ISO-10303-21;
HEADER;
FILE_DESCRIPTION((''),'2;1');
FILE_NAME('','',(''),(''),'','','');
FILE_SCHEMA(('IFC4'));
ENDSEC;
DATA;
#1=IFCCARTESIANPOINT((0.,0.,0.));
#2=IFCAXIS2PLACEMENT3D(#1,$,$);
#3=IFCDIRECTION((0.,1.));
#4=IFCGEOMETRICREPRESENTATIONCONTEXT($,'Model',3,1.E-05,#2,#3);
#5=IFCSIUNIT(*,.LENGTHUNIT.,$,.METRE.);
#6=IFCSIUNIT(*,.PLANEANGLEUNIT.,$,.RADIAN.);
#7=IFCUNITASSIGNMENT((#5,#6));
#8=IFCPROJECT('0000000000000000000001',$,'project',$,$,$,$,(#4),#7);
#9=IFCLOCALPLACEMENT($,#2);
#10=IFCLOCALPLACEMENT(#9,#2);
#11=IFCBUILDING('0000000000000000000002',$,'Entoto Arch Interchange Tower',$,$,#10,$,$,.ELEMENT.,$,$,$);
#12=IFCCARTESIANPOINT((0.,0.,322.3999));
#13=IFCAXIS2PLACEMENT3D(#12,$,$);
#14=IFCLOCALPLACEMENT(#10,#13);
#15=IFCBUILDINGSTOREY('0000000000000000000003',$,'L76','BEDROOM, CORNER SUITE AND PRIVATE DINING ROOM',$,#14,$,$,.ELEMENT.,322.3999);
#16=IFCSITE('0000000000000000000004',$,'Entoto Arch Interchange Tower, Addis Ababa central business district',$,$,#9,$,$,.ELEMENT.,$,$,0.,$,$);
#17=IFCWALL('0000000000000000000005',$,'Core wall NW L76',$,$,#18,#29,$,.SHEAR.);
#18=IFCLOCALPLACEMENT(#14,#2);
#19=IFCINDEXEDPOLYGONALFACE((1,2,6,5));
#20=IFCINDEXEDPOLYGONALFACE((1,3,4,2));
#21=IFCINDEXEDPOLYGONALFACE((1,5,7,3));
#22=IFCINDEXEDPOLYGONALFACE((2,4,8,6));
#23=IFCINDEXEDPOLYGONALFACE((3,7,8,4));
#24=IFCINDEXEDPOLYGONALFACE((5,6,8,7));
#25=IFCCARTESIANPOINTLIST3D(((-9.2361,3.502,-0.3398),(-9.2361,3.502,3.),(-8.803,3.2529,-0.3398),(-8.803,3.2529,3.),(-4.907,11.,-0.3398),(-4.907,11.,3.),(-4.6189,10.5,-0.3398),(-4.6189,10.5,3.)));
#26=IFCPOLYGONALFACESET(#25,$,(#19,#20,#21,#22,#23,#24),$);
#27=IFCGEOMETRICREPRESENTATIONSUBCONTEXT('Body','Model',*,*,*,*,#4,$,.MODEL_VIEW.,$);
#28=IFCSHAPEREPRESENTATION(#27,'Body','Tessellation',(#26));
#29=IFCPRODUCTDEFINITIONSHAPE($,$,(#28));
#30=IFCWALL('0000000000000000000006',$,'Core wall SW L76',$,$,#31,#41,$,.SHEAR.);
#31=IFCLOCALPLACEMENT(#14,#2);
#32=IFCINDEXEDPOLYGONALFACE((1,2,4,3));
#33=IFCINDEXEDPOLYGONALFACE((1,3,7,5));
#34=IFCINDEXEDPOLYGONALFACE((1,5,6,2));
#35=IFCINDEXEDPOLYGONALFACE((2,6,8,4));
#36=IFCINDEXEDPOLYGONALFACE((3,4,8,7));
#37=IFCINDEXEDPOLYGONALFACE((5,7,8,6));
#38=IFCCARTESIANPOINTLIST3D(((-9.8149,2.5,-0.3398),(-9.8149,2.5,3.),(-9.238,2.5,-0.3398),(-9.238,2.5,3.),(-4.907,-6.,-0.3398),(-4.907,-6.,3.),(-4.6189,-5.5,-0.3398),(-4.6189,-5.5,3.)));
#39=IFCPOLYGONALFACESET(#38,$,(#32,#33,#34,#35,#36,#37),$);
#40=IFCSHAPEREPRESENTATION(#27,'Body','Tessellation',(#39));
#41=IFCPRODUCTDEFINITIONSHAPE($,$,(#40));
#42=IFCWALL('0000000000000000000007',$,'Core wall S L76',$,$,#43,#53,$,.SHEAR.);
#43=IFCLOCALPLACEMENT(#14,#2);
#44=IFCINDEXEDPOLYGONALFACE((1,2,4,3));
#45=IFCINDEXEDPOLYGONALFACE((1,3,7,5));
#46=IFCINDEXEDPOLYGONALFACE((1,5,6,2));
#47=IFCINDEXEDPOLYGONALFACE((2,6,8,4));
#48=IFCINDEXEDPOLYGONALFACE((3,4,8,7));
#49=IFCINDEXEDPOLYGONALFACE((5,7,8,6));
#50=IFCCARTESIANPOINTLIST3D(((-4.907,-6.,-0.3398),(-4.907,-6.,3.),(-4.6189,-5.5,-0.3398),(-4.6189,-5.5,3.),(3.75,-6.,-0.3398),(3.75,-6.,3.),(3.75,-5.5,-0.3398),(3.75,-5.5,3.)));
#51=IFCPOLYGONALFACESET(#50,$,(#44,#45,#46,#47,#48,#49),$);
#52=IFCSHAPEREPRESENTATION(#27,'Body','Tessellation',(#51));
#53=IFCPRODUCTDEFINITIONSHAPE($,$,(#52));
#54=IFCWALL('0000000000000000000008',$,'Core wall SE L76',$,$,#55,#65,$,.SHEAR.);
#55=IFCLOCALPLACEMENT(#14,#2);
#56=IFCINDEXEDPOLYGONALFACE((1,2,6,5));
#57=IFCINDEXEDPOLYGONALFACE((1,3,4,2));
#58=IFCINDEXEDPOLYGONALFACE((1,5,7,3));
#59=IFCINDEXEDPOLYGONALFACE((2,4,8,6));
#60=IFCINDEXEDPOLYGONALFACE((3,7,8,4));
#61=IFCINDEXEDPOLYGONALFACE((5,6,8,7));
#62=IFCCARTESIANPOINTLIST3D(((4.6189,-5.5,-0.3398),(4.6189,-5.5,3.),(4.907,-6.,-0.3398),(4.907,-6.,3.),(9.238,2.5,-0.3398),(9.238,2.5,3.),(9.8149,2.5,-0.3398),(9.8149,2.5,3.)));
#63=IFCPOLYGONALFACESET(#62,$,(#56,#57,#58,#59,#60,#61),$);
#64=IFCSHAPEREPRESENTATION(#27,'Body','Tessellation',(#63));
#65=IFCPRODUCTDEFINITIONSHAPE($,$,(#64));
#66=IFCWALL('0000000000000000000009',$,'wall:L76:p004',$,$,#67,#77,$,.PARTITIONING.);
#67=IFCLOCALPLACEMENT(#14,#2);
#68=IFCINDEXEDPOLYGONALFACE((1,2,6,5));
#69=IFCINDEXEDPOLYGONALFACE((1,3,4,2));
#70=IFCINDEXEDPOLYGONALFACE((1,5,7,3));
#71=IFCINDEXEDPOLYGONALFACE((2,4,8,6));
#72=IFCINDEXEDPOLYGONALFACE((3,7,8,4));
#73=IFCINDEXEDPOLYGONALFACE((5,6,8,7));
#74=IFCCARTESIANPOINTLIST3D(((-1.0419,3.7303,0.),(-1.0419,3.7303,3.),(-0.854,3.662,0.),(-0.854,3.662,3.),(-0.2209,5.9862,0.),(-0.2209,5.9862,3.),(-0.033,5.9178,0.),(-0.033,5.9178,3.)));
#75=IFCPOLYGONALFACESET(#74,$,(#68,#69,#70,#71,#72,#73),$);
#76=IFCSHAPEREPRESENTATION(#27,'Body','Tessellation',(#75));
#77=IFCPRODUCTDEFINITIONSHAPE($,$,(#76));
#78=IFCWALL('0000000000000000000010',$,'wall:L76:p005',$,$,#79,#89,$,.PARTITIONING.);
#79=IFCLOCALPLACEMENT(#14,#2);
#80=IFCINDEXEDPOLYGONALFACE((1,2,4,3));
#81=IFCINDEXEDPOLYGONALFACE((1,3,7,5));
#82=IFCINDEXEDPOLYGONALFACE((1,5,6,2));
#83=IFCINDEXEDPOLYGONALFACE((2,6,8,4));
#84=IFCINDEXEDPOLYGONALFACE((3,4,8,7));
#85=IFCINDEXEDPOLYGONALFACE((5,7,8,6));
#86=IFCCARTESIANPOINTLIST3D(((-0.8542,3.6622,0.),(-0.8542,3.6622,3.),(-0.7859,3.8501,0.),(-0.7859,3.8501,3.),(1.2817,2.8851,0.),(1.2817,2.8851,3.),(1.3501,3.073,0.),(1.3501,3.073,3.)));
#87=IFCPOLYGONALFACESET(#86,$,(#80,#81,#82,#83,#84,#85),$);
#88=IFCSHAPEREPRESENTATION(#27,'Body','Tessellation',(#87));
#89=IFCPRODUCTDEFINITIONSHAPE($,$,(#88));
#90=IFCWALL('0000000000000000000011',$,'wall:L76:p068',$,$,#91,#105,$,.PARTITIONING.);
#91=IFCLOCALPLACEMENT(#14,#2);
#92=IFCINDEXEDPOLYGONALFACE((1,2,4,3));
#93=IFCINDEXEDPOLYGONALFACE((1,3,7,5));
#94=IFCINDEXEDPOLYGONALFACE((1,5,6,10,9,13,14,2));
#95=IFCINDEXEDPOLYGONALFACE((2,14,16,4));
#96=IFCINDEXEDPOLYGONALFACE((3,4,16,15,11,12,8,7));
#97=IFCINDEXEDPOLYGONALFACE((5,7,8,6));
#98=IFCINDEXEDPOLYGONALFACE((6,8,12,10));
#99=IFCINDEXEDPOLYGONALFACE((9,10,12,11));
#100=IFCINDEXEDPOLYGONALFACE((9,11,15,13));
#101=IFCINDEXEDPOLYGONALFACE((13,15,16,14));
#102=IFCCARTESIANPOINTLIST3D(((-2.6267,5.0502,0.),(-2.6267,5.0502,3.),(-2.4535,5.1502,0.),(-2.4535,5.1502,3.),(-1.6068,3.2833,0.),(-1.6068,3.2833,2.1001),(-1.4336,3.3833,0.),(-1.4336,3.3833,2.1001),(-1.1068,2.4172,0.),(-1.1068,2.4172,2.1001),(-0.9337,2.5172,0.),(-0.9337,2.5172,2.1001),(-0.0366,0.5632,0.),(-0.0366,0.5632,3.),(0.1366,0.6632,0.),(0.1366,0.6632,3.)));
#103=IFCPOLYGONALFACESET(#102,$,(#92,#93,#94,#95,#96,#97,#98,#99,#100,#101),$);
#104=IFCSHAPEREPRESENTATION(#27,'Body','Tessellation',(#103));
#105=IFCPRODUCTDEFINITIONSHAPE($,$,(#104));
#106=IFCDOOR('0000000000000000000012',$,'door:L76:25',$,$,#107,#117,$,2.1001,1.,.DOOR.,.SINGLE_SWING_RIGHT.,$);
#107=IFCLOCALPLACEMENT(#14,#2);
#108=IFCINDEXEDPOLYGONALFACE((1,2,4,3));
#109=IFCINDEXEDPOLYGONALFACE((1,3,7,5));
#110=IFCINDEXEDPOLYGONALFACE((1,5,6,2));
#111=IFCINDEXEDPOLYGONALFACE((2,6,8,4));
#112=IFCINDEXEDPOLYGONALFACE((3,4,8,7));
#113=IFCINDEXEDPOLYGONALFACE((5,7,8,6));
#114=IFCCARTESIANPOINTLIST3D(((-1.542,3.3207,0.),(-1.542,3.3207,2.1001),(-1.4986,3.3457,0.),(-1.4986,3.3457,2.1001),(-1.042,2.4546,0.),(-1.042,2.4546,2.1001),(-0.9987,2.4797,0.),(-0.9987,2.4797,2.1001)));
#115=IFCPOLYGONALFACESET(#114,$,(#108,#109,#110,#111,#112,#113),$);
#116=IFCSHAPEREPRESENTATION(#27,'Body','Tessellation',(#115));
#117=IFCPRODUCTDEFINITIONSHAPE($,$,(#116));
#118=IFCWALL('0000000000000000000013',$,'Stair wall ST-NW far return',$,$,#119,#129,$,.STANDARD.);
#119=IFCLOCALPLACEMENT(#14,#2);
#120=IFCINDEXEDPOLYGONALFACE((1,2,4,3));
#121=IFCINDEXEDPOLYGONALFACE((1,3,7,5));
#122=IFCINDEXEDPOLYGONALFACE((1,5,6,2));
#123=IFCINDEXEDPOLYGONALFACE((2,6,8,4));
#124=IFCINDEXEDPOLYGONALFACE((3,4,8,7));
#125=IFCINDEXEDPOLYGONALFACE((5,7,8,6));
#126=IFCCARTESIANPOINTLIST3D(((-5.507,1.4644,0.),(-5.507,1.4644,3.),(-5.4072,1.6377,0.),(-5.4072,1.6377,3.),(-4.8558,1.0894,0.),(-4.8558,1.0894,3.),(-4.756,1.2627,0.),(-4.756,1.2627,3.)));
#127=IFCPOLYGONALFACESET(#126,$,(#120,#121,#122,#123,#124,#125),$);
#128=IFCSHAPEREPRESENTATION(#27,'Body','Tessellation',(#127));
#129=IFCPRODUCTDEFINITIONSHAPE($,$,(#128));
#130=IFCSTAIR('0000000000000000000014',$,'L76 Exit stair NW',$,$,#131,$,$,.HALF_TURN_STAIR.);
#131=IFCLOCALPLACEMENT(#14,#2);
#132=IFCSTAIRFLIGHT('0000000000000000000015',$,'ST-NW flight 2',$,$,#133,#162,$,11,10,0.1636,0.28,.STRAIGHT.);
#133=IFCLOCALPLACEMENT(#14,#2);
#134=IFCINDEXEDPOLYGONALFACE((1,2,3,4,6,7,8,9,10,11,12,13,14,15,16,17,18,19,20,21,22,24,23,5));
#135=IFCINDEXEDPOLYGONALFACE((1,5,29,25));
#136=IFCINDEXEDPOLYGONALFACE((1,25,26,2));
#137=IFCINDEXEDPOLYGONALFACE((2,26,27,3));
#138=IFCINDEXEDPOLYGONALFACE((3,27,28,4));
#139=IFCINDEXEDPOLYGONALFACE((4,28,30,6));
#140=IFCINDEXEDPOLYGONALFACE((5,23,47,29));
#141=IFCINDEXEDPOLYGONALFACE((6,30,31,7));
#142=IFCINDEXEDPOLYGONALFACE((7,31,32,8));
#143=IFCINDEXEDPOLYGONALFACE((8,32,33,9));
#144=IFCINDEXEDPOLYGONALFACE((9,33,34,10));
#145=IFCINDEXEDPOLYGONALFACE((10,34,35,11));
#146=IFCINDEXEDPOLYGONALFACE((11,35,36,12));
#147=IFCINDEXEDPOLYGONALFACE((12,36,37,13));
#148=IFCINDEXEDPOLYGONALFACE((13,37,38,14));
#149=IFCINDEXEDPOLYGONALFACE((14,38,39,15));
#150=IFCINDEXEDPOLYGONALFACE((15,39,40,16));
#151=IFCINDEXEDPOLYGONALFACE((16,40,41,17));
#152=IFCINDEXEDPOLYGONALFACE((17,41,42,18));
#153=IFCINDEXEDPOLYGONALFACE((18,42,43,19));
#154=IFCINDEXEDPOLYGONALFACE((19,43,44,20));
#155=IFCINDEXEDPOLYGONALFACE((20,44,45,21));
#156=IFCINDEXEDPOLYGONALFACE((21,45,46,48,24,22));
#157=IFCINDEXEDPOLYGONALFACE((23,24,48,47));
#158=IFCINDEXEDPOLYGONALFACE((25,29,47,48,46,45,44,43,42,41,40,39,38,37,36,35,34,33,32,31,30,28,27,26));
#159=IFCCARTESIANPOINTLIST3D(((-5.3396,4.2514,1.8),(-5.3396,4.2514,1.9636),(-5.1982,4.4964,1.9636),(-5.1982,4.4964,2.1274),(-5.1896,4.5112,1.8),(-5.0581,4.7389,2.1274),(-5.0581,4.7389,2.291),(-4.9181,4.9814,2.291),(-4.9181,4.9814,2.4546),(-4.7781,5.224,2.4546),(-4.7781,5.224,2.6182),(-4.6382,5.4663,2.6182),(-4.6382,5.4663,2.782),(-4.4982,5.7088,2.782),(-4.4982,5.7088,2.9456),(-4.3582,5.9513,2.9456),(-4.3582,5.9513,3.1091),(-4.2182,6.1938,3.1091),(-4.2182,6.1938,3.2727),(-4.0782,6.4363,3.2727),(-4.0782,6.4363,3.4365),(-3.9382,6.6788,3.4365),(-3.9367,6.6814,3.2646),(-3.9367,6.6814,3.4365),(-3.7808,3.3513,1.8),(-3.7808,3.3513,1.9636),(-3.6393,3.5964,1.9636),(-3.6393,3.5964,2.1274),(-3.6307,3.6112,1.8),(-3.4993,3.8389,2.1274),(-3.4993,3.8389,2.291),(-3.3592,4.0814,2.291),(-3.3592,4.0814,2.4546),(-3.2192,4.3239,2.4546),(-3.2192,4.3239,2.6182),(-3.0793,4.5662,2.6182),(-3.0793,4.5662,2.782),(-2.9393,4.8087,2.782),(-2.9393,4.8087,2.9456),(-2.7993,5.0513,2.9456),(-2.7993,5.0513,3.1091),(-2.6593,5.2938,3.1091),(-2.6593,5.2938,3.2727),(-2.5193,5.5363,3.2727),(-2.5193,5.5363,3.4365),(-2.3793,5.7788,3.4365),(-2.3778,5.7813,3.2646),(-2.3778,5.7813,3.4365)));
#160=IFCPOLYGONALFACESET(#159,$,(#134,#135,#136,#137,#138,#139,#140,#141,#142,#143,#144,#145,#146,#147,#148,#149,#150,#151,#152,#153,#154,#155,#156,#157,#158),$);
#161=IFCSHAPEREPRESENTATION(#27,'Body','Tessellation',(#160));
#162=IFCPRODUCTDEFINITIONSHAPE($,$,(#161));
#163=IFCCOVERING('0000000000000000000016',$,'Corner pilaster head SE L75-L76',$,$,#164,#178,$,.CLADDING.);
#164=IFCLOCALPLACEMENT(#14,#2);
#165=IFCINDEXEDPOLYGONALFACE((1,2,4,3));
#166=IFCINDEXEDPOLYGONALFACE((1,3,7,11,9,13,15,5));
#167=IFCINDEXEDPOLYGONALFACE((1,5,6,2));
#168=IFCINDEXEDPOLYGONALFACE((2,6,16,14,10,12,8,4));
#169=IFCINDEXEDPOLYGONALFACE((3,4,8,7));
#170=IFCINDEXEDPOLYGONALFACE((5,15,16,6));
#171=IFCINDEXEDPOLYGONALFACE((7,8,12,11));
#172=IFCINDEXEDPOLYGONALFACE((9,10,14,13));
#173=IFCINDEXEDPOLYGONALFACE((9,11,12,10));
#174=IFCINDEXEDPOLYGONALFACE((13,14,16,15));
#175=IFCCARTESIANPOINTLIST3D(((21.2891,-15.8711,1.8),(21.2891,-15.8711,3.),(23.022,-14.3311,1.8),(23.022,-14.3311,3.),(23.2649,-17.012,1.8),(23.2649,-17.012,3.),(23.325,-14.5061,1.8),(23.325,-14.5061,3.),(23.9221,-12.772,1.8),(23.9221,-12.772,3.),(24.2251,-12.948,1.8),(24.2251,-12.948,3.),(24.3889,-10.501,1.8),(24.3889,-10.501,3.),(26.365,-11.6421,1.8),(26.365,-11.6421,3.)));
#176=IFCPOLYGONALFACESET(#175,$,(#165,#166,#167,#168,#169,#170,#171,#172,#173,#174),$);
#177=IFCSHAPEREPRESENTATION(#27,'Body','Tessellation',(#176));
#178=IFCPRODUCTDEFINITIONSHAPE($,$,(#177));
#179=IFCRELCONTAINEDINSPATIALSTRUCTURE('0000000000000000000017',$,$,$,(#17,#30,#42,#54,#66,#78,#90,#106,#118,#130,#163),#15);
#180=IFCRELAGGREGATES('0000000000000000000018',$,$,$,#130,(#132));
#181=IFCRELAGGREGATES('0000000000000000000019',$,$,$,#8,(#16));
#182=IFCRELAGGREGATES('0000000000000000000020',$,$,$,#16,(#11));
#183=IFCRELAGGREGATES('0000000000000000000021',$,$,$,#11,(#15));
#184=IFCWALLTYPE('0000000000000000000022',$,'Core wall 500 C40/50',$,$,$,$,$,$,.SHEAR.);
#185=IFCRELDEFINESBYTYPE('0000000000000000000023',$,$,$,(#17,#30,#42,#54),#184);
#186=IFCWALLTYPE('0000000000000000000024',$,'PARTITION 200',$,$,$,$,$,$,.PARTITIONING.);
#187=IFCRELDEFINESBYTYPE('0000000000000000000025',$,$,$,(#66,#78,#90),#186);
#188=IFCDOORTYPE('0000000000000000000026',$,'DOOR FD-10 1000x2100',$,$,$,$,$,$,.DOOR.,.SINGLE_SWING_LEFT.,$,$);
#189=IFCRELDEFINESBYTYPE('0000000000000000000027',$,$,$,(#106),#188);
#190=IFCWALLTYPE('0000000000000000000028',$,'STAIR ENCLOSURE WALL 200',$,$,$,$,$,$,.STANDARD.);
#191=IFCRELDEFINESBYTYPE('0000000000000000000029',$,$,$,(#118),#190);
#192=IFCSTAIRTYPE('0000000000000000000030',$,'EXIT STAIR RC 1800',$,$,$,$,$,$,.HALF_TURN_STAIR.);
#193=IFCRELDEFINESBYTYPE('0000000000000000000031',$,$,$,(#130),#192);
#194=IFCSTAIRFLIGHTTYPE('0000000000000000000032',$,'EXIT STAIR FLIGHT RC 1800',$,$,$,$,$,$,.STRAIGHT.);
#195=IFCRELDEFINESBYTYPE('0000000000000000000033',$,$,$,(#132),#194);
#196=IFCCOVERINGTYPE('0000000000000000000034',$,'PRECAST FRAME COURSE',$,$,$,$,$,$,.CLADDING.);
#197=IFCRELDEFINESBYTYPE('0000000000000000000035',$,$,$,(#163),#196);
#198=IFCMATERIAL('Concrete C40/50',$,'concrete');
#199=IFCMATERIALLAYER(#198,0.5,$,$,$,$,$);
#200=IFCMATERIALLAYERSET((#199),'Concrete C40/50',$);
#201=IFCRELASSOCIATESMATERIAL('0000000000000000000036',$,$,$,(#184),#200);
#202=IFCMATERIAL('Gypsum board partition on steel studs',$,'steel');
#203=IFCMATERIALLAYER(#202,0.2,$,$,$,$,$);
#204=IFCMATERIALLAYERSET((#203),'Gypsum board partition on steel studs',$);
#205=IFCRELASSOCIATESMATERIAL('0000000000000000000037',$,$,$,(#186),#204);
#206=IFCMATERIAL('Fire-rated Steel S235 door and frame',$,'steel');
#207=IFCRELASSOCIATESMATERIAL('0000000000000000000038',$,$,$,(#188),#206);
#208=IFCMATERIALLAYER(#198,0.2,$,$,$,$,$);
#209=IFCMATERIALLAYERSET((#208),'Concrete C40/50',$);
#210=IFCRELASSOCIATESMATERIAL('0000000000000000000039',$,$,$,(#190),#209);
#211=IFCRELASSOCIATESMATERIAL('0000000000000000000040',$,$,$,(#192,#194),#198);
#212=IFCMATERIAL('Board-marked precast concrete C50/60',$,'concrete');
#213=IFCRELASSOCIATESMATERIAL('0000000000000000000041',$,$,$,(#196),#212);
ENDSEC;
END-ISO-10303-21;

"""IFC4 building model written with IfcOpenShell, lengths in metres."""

from ifc_helpers import new_model, si_unit, direction, frame, frame_2d, origin, place, context, subcontext, project, spatial, polyline, rectangle, outline, extrude, material, layer, layer_set, type_object, element, fill, aggregate, save


model = new_model("IFC4")

# Units and contexts
model_context = context("Model", 3, precision=1e-05, world=origin(), true_north=direction((0.0, 1.0)))
body_context = subcontext(model_context, "Body", "Model", "MODEL_VIEW")
ifc_project = project(units=[si_unit("LENGTHUNIT", "METRE"), si_unit("PLANEANGLEUNIT", "RADIAN")], contexts=[model_context])

# Site, building, storey
site_placement = place(None, origin())
site = spatial("IfcSite", under=ifc_project, at=site_placement, Name="Entoto Arch Interchange Tower, Addis Ababa central business district", CompositionType="ELEMENT", RefElevation=0.0)
building_placement = place(site_placement, origin())
building = spatial("IfcBuilding", under=site, at=building_placement, Name="Entoto Arch Interchange Tower", CompositionType="ELEMENT")
storey_placement = place(building_placement, frame((0.0, 0.0, 322.3999)))
storey = spatial("IfcBuildingStorey", under=building, at=storey_placement, Name="L76", Description="BEDROOM, CORNER SUITE AND PRIVATE DINING ROOM", CompositionType="ELEMENT", Elevation=322.3999)

# Walls
ifc_material_1 = material(Name="Concrete C40/50", Category="concrete")
ifc_layer_1 = layer(ifc_material_1, 0.5)
ifc_layer_set_1 = layer_set([ifc_layer_1], Name="Concrete C40/50")
wall_type_1 = type_object("IfcWallType", Name="Core wall 500 C40/50", PredefinedType="SHEAR", material=ifc_layer_set_1)
wall_1_placement = place(storey_placement, frame((0.0, 0.0, -0.3398)))
element("IfcWall", 1, at=wall_1_placement, inside=storey, type_object=wall_type_1, Name="Core wall NW L76", PredefinedType="SHEAR", context=body_context, shape_type="SweptSolid", body=[
    extrude(outline(polyline([(-9.2361, 3.502), (-8.803, 3.2529), (-4.6189, 10.5), (-4.907, 11.0), (-9.2361, 3.502)])), origin(), (0.0, 0.0, 1.0), 3.3398),
])
wall_2_placement = place(storey_placement, frame((0.0, 0.0, -0.3398)))
element("IfcWall", 2, at=wall_2_placement, inside=storey, type_object=wall_type_1, Name="Core wall SW L76", PredefinedType="SHEAR", context=body_context, shape_type="SweptSolid", body=[
    extrude(outline(polyline([(-9.8149, 2.5), (-4.907, -6.0), (-4.6189, -5.5), (-9.238, 2.5), (-9.8149, 2.5)])), origin(), (0.0, 0.0, 1.0), 3.3398),
])
wall_3_placement = place(storey_placement, frame((0.0, 0.0, -0.3398)))
element("IfcWall", 3, at=wall_3_placement, inside=storey, type_object=wall_type_1, Name="Core wall S L76", PredefinedType="SHEAR", context=body_context, shape_type="SweptSolid", body=[
    extrude(outline(polyline([(3.75, -6.0), (3.75, -5.5), (-4.6189, -5.5), (-4.907, -6.0), (3.75, -6.0)])), origin(), (0.0, 0.0, 1.0), 3.3398),
])
wall_4_placement = place(storey_placement, frame((0.0, 0.0, -0.3398)))
element("IfcWall", 4, at=wall_4_placement, inside=storey, type_object=wall_type_1, Name="Core wall SE L76", PredefinedType="SHEAR", context=body_context, shape_type="SweptSolid", body=[
    extrude(outline(polyline([(4.907, -6.0), (9.8149, 2.5), (9.238, 2.5), (4.6189, -5.5), (4.907, -6.0)])), origin(), (0.0, 0.0, 1.0), 3.3398),
])
ifc_material_2 = material(Name="Gypsum board partition on steel studs", Category="steel")
ifc_layer_2 = layer(ifc_material_2, 0.2)
ifc_layer_set_2 = layer_set([ifc_layer_2], Name="Gypsum board partition on steel studs")
wall_type_2 = type_object("IfcWallType", Name="PARTITION 200", PredefinedType="PARTITIONING", material=ifc_layer_set_2)
wall_5_placement = place(storey_placement, frame((-0.127, 5.9519, 0.0), z_axis=(0.0, 0.0, 1.0), x_axis=(-0.342013, -0.939695, 0.0)))
element("IfcWall", 5, at=wall_5_placement, inside=storey, type_object=wall_type_2, Name="wall:L76:p004", PredefinedType="PARTITIONING", context=body_context, shape_type="SweptSolid", body=[
    extrude(rectangle(XDim=2.4006, YDim=0.2, at=frame_2d((1.2002, 0.0))), origin(), (0.0, 0.0, 1.0), 3.0),
])
wall_6_placement = place(storey_placement, frame((-0.8201, 3.7561, 0.0), z_axis=(0.0, 0.0, 1.0), x_axis=(0.93974, -0.34189, 0.0)))
element("IfcWall", 6, at=wall_6_placement, inside=storey, type_object=wall_type_2, Name="wall:L76:p005", PredefinedType="PARTITIONING", context=body_context, shape_type="SweptSolid", body=[
    extrude(rectangle(XDim=2.2729, YDim=0.2, at=frame_2d((1.1365, 0.0))), origin(), (0.0, 0.0, 1.0), 3.0),
])

# Wall, opening, door
wall_7_placement = place(storey_placement, frame((-2.54, 5.1001, 0.0), z_axis=(0.0, 0.0, 1.0), x_axis=(0.499925, -0.866069, 0.0)))
wall_7 = element("IfcWall", 7, at=wall_7_placement, inside=storey, type_object=wall_type_2, Name="wall:L76:p068", PredefinedType="PARTITIONING", context=body_context, shape_type="SweptSolid", body=[
    extrude(rectangle(XDim=5.1809, YDim=0.2, at=frame_2d((2.5903, 0.0))), origin(), (0.0, 0.0, 1.0), 3.0),
])
opening_placement = place(wall_7_placement, frame((2.04, 0.0, 0.0)))
opening = element("IfcOpeningElement", 8, at=opening_placement, cuts=wall_7, PredefinedType="OPENING", context=body_context, shape_type="SweptSolid", body=[
    extrude(rectangle(XDim=1.0, YDim=2.1001, at=frame_2d((0.5, 1.05))), frame((0.0, 0.1099, 0.0), z_axis=(0.0, -1.0, 0.0), x_axis=(1.0, 0.0, 0.0)), (0.0, 0.0, 1.0), 0.22),
])
ifc_material_3 = material(Name="Fire-rated Steel S235 door and frame", Category="steel")
door_type = type_object("IfcDoorType", Name="DOOR FD-10 1000x2100", OperationType="SINGLE_SWING_LEFT", PredefinedType="DOOR", material=ifc_material_3)
door_placement = place(opening_placement, origin())
door = element("IfcDoor", 9, at=door_placement, inside=storey, type_object=door_type, Name="door:L76:25", OperationType="SINGLE_SWING_RIGHT", OverallHeight=2.1001, OverallWidth=1.0, PredefinedType="DOOR", context=body_context, shape_type="SweptSolid", body=[
    extrude(rectangle(XDim=1.0, YDim=2.1001, at=frame_2d((0.5, 1.05))), frame((0.0, 0.0249, 0.0), z_axis=(0.0, -1.0, 0.0), x_axis=(1.0, 0.0, 0.0)), (0.0, 0.0, 1.0), 0.05),
])
fill(opening, door)

# Wall
ifc_layer_3 = layer(ifc_material_1, 0.2)
ifc_layer_set_3 = layer_set([ifc_layer_3], Name="Concrete C40/50")
wall_type_3 = type_object("IfcWallType", Name="STAIR ENCLOSURE WALL 200", PredefinedType="STANDARD", material=ifc_layer_set_3)
wall_8_placement = place(storey_placement, frame((-4.8059, 1.176, 0.0), z_axis=(0.0, 0.0, 1.0), x_axis=(-0.866559, 0.499075, 0.0)))
element("IfcWall", 10, at=wall_8_placement, inside=storey, type_object=wall_type_3, Name="Stair wall ST-NW far return", PredefinedType="STANDARD", context=body_context, shape_type="SweptSolid", body=[
    extrude(rectangle(XDim=0.7515, YDim=0.2, at=frame_2d((0.3757, 0.0))), origin(), (0.0, 0.0, 1.0), 3.0),
])

# Stair, stair flight
stair_type = type_object("IfcStairType", Name="EXIT STAIR RC 1800", PredefinedType="HALF_TURN_STAIR", material=ifc_material_1)
stair_placement = place(storey_placement, origin())
stair = element("IfcStair", 11, at=stair_placement, inside=storey, type_object=stair_type, Name="L76 Exit stair NW", PredefinedType="HALF_TURN_STAIR")
stair_flight_type = type_object("IfcStairFlightType", Name="EXIT STAIR FLIGHT RC 1800", PredefinedType="STRAIGHT", material=ifc_material_1)
stair_flight_placement = place(storey_placement, frame((-4.5588, 3.804, 1.8), z_axis=(0.0, 0.0, 1.0), x_axis=(0.5, 0.866025, 0.0)))
stair_flight = element("IfcStairFlight", 12, at=stair_flight_placement, type_object=stair_flight_type, Name="ST-NW flight 2", NumberOfRisers=11, NumberOfTreads=10, PredefinedType="STRAIGHT", RiserHeight=0.1636, TreadLength=0.28, context=body_context, shape_type="SweptSolid", body=[
    extrude(outline(polyline([(-0.0029, 0.0), (-0.0029, 0.1636), (0.28, 0.1636), (0.28, 0.3274), (0.5601, 0.3274), (0.5601, 0.491), (0.8401, 0.491), (0.8401, 0.6545), (1.1201, 0.6545), (1.1201, 0.8181), (1.3999, 0.8181), (1.3999, 0.9819), (1.6799, 0.9819), (1.6799, 1.1455), (1.96, 1.1455), (1.96, 1.3091), (2.24, 1.3091), (2.24, 1.4727), (2.52, 1.4727), (2.52, 1.6365), (2.8, 1.6365), (2.803, 1.6365), (2.803, 1.4646), (0.2971, 0.0), (-0.0029, 0.0)])), frame((0.0, 0.8999, 0.0), z_axis=(0.0, -1.0, 0.0), x_axis=(1.0, 0.0, 0.0)), (0.0, 0.0, 1.0), 1.8),
])
aggregate(stair, [stair_flight])

# Covering
ifc_material_4 = material(Name="Board-marked precast concrete C50/60", Category="concrete")
covering_type = type_object("IfcCoveringType", Name="PRECAST FRAME COURSE", PredefinedType="CLADDING", material=ifc_material_4)
covering_1_placement = place(storey_placement, frame((0.0, 0.0, 1.8)))
element("IfcCovering", 13, at=covering_1_placement, inside=storey, type_object=covering_type, Name="Corner pilaster head SE L75-L76", PredefinedType="CLADDING", context=body_context, shape_type="SweptSolid", body=[
    extrude(outline(polyline([(26.365, -11.6421), (23.2649, -17.012), (21.2891, -15.8711), (23.022, -14.3311), (23.325, -14.5061), (24.2251, -12.948), (23.9221, -12.772), (24.3889, -10.501), (26.365, -11.6421)])), origin(), (0.0, 0.0, 1.0), 1.2),
])

save(model, "model.ifc")
